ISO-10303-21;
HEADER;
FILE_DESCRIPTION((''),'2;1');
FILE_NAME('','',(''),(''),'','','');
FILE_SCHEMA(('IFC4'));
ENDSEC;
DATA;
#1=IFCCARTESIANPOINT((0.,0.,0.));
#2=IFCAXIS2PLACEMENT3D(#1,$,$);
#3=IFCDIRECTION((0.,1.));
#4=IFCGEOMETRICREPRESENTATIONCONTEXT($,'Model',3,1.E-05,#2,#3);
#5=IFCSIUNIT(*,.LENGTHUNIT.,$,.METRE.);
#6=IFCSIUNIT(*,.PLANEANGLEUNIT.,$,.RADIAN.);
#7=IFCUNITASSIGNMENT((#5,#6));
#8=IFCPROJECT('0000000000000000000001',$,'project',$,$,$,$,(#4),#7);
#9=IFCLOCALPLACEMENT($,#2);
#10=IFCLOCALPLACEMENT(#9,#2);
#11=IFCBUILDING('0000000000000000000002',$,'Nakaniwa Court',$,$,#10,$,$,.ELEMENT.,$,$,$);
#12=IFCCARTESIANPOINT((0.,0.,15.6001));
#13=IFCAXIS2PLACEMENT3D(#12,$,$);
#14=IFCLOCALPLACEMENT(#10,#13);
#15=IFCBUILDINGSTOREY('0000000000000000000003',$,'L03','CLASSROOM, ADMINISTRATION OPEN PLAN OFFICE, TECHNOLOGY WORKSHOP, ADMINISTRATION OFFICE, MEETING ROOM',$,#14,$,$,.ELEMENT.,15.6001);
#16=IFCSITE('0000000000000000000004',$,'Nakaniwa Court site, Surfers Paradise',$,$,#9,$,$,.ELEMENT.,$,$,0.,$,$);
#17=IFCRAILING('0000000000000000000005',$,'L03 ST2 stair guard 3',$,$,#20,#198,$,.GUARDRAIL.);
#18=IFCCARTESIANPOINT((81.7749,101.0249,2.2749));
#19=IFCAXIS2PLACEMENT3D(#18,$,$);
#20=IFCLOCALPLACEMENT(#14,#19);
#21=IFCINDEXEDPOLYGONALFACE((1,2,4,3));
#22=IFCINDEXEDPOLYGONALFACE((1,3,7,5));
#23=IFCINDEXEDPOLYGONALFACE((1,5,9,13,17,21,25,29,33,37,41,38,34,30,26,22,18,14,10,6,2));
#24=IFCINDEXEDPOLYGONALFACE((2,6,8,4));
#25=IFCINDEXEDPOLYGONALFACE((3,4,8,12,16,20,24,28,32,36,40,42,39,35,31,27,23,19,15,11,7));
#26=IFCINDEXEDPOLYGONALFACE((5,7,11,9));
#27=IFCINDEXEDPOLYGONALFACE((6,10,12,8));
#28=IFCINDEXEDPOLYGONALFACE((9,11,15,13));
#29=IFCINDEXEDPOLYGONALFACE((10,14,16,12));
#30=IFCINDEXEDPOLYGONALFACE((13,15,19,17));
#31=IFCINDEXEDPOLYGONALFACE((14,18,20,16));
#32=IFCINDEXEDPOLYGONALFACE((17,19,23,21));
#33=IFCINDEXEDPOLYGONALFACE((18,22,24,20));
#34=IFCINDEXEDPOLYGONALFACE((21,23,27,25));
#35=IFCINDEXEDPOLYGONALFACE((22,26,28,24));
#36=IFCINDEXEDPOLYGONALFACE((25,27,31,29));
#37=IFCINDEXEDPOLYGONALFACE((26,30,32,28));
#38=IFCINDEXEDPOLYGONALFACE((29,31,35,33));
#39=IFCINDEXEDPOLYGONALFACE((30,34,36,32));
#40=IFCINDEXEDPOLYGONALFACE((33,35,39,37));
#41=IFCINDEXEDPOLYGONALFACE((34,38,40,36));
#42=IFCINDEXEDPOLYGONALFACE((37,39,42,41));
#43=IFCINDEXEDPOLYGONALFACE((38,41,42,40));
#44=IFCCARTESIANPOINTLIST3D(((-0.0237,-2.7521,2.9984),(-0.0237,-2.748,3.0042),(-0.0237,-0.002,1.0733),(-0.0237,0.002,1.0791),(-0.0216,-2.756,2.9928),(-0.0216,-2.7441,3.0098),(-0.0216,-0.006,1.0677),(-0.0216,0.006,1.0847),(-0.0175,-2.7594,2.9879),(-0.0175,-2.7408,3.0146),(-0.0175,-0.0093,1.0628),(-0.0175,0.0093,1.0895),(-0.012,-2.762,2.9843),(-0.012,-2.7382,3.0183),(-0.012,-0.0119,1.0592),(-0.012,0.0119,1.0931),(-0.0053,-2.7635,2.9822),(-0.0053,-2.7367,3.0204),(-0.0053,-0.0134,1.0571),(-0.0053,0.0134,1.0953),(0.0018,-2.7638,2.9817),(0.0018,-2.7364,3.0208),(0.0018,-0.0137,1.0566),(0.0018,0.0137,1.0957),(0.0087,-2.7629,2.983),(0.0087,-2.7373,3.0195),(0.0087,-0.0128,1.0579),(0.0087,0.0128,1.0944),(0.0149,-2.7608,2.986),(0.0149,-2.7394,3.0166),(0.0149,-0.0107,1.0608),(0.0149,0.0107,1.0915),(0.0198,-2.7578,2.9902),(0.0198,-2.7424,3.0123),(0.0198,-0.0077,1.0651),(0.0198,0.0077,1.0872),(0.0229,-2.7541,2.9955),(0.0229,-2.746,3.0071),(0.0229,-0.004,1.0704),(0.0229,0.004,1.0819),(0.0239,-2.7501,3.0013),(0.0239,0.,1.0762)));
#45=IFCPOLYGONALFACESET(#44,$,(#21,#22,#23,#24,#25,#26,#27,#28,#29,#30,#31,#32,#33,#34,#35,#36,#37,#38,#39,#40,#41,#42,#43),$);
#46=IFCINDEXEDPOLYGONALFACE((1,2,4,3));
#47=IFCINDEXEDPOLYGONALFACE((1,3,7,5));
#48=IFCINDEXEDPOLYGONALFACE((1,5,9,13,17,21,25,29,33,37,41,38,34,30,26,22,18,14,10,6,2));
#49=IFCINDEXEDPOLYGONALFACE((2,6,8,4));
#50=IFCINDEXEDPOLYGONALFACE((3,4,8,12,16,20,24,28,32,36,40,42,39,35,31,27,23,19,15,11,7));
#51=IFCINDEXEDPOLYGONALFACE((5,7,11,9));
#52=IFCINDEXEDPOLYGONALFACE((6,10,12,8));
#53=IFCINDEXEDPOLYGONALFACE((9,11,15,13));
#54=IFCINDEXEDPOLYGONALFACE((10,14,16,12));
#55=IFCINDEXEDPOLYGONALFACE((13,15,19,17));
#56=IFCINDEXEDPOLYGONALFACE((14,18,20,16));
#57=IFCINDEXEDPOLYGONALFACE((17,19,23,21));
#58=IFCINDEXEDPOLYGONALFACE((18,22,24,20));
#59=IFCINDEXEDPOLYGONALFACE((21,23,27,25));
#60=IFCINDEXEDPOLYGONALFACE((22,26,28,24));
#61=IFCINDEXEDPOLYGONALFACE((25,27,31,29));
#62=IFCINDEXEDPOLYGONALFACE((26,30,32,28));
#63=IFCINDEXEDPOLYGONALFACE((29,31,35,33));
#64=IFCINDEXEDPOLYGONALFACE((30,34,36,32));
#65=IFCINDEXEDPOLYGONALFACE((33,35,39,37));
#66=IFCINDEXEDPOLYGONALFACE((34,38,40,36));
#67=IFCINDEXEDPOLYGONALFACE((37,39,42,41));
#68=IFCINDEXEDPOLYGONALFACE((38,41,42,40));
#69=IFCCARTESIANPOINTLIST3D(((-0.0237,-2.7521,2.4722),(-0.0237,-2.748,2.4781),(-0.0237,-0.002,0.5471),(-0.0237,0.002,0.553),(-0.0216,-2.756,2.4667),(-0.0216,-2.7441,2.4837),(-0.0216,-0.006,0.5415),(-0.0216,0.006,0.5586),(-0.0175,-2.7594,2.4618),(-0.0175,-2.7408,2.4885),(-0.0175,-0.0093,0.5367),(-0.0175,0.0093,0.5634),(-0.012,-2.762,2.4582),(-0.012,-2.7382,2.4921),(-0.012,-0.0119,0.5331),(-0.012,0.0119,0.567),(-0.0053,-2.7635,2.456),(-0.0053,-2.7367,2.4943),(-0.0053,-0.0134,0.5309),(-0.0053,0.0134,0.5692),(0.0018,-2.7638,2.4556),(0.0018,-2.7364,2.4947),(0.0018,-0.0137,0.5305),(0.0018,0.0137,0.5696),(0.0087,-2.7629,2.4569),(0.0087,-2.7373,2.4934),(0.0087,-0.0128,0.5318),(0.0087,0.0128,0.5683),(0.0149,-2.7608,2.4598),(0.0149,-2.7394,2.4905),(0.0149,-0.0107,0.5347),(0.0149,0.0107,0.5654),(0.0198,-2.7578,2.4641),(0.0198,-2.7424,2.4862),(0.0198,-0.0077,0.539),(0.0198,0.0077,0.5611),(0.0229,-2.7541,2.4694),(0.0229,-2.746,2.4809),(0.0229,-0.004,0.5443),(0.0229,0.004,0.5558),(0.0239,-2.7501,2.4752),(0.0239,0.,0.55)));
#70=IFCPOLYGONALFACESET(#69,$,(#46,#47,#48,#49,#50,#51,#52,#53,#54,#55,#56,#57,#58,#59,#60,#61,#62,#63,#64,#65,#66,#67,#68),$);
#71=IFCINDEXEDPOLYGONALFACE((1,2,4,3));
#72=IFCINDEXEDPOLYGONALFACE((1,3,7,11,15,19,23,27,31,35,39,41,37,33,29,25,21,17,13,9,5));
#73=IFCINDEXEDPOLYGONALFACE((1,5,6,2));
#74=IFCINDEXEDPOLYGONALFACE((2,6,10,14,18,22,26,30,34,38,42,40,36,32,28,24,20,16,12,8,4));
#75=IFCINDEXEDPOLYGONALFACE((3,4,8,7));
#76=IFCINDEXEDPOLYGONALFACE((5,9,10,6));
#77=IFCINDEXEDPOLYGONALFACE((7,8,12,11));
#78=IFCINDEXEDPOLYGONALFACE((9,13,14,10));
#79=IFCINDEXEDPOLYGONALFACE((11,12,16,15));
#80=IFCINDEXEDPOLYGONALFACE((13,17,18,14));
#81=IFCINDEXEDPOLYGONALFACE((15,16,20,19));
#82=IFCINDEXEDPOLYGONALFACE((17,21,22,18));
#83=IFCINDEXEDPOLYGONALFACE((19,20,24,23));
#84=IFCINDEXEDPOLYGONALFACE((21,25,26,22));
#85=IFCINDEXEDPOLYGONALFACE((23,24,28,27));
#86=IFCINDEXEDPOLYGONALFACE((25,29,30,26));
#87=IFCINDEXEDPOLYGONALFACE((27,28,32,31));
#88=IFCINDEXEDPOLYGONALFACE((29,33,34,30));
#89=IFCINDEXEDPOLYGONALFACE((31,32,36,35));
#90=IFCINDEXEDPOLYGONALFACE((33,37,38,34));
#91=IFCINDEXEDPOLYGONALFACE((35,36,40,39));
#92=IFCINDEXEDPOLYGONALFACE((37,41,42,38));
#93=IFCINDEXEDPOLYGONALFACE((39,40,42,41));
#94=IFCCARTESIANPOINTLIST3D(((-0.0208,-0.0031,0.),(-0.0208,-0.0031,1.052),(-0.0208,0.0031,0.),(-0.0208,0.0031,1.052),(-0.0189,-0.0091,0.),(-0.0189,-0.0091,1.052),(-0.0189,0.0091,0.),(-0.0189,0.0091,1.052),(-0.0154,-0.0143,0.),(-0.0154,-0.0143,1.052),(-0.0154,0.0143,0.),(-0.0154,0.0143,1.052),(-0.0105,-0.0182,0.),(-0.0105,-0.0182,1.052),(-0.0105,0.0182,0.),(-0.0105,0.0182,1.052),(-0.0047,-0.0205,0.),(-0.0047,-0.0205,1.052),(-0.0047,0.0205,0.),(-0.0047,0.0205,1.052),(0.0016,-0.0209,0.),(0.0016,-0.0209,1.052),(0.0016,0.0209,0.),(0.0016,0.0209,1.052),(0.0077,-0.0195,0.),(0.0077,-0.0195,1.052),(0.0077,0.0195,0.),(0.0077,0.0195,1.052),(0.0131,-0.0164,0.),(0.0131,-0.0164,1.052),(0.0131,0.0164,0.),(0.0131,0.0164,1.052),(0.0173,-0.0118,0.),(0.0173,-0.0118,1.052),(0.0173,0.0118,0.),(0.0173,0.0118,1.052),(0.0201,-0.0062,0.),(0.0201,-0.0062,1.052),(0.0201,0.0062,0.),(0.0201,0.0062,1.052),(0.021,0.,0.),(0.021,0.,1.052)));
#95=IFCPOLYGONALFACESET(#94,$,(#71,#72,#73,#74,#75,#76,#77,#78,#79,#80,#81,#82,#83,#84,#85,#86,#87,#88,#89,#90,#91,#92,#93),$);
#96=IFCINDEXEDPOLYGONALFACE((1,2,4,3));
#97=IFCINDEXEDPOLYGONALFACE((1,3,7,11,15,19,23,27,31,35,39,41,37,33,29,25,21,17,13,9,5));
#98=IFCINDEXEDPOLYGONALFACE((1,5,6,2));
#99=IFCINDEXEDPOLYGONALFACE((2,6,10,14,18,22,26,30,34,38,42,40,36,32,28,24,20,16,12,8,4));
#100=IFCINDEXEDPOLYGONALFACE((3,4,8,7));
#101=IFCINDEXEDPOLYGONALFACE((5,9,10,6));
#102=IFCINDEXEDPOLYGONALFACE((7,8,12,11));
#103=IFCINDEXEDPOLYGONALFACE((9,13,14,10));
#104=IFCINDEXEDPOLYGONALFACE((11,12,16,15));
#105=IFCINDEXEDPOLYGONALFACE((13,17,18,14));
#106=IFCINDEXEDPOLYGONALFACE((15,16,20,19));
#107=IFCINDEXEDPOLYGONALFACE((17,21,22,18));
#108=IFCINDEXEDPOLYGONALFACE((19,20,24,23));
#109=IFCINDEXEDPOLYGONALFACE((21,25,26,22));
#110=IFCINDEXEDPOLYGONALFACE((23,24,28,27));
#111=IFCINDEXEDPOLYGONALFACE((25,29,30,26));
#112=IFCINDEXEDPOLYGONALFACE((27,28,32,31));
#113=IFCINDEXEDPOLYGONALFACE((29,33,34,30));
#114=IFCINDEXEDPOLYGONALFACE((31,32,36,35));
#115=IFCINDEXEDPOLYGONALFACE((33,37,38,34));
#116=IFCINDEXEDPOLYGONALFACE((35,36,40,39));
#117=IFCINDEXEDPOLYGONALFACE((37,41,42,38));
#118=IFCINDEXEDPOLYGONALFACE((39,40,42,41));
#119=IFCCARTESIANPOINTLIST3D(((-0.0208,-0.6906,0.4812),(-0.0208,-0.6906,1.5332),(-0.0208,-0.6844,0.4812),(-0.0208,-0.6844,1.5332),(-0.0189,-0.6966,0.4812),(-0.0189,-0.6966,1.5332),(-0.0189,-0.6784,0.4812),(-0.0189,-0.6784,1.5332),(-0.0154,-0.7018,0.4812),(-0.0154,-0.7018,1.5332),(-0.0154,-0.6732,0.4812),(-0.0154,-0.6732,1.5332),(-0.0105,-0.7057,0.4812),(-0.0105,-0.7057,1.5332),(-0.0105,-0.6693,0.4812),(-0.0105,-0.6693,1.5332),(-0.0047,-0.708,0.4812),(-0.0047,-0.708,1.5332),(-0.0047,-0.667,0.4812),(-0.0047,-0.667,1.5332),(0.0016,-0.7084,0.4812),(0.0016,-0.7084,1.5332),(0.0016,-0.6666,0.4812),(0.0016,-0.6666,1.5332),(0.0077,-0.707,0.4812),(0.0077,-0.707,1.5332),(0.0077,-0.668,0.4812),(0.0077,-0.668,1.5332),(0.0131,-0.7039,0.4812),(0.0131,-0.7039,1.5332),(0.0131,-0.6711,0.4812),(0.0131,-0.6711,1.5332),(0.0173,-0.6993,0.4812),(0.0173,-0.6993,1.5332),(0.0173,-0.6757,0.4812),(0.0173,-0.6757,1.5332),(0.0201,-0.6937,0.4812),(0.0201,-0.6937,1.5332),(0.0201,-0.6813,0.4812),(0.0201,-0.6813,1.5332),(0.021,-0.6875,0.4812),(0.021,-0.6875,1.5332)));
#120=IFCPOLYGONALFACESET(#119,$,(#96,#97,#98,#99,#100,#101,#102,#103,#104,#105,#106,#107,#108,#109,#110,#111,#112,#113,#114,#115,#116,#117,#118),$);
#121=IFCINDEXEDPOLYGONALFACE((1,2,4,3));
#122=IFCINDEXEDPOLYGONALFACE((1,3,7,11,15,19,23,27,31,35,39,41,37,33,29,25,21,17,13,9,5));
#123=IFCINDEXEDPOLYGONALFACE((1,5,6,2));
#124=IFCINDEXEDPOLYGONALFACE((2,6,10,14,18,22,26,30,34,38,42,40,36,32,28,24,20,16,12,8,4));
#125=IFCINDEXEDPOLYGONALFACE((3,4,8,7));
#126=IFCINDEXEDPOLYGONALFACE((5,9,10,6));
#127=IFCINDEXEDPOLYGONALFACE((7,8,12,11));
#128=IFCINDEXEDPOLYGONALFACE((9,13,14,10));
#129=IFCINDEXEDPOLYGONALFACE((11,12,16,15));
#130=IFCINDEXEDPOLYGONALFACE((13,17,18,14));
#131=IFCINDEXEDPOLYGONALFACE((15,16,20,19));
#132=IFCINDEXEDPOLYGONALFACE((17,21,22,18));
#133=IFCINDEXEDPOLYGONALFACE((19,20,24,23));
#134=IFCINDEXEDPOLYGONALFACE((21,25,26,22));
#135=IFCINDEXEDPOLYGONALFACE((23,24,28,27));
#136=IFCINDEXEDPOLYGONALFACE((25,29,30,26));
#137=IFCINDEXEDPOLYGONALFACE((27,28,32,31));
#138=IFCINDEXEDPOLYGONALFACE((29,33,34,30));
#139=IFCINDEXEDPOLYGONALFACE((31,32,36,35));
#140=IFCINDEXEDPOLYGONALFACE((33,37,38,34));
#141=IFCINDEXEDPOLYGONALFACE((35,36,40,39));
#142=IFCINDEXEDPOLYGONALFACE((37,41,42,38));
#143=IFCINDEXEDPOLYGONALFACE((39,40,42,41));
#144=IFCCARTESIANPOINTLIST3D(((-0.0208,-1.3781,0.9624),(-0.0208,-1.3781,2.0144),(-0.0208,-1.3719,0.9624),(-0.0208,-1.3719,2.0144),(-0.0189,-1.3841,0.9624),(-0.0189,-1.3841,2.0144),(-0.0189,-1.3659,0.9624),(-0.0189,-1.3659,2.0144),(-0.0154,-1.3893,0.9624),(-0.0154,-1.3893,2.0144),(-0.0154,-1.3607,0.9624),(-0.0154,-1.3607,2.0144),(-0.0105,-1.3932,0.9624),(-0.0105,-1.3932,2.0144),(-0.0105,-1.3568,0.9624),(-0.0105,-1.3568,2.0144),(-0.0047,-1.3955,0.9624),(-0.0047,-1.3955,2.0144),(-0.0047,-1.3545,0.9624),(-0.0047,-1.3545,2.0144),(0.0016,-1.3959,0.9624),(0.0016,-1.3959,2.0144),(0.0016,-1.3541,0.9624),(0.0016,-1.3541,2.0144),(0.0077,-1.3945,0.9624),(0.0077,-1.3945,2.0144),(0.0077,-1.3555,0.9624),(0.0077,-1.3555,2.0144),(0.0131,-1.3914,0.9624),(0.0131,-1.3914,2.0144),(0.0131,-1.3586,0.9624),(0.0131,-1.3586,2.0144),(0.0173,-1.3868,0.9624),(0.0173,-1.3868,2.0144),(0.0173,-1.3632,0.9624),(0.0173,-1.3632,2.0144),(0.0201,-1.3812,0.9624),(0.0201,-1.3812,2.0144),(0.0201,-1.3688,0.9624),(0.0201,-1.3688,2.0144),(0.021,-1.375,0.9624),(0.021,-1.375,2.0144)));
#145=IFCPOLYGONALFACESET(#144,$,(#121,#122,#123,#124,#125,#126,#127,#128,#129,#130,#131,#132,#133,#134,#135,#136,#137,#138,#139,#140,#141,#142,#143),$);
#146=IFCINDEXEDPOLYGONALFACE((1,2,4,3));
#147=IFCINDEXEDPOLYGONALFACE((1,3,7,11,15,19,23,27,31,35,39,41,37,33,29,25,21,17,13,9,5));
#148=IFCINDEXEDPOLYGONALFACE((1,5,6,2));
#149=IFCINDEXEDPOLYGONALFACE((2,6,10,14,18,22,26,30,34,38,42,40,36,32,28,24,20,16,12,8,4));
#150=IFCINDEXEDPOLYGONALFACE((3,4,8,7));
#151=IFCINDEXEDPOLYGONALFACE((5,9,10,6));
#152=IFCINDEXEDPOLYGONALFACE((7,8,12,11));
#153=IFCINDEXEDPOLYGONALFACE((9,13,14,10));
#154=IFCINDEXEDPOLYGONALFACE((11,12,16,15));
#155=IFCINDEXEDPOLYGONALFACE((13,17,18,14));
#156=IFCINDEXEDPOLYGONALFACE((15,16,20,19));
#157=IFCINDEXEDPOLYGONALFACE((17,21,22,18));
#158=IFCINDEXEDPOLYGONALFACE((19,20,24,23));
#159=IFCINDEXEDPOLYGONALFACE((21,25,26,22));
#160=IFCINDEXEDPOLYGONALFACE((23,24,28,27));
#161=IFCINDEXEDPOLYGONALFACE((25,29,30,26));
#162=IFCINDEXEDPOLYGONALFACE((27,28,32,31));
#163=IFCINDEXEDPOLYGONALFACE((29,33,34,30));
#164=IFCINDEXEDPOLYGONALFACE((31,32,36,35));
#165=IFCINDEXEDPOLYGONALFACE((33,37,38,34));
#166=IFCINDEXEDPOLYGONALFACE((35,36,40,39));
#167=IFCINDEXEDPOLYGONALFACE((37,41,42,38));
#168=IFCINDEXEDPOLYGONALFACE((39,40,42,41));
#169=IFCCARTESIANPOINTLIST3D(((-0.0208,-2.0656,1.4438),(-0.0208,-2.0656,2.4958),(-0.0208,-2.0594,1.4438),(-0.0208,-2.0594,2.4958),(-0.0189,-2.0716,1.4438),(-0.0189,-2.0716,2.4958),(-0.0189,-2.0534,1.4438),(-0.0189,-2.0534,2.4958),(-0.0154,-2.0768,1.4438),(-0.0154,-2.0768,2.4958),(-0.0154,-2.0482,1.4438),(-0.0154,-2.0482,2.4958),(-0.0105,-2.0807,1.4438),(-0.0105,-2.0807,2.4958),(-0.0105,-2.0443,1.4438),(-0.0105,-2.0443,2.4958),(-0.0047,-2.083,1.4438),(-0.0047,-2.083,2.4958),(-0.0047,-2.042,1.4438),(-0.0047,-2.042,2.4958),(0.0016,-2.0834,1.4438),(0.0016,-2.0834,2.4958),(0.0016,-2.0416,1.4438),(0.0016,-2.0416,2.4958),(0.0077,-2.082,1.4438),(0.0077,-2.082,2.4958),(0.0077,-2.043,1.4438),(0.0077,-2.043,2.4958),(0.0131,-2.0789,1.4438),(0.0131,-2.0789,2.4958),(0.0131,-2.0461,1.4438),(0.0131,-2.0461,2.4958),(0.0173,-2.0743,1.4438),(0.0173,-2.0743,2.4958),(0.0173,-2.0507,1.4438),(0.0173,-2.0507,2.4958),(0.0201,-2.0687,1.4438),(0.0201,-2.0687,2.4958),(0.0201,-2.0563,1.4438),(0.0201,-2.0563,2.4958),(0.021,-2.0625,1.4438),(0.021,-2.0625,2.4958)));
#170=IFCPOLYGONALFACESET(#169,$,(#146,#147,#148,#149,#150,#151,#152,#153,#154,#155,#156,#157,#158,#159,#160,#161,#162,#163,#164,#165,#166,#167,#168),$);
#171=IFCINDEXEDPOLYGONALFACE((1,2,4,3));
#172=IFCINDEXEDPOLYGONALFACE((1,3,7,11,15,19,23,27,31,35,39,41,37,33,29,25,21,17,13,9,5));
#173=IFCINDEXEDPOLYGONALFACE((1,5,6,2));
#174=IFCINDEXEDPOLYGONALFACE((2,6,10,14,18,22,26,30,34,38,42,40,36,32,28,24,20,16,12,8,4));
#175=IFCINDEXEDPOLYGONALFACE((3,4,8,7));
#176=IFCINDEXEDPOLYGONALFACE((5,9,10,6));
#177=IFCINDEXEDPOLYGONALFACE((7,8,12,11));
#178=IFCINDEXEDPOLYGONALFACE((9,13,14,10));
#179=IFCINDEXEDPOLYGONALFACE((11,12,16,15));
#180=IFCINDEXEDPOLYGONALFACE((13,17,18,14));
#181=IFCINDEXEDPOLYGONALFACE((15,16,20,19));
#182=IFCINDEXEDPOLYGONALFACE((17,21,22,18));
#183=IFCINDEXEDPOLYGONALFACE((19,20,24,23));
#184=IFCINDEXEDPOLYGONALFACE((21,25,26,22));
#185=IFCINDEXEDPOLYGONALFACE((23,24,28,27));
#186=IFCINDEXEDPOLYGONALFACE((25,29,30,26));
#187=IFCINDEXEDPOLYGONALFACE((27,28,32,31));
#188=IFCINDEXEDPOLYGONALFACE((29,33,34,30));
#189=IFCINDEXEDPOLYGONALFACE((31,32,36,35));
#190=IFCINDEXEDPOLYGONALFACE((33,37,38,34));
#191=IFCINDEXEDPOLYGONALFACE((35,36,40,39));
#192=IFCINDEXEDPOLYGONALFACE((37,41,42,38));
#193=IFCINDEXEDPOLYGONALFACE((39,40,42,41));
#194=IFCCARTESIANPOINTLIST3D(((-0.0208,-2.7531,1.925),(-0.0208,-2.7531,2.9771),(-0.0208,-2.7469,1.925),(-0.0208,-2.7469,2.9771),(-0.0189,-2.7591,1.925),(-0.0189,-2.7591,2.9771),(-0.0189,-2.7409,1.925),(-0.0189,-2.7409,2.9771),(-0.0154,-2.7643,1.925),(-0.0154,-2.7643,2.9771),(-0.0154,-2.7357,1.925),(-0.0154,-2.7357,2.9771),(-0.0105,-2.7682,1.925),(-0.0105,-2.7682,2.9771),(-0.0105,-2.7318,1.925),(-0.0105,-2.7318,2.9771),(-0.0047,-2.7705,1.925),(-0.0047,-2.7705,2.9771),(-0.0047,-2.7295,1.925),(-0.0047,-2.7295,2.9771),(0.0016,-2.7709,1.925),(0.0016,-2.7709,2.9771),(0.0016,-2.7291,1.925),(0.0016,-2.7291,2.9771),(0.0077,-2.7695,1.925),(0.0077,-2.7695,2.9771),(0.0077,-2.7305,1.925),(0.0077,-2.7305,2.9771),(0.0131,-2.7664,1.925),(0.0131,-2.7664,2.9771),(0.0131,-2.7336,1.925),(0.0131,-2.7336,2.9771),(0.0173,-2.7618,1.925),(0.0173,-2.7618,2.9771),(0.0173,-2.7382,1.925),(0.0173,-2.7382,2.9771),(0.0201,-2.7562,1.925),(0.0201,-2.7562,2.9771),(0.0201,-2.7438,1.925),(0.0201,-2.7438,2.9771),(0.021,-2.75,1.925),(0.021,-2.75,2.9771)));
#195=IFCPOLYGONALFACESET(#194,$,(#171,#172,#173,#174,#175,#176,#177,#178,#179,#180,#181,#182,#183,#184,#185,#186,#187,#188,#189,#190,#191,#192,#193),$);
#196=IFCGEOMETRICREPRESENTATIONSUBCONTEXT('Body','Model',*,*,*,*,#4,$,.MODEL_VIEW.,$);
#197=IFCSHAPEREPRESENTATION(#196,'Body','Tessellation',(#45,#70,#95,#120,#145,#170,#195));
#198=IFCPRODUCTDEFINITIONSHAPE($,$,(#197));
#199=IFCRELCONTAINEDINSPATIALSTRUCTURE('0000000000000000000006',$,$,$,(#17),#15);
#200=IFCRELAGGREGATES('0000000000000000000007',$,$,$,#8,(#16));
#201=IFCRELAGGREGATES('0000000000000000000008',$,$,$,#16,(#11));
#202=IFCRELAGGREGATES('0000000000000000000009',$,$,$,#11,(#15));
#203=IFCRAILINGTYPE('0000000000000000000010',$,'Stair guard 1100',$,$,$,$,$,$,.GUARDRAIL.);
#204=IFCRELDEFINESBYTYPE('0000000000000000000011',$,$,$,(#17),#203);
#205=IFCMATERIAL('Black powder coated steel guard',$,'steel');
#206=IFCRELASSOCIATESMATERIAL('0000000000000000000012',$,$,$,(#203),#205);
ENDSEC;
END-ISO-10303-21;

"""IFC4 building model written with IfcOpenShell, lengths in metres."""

from ifc_helpers import new_model, si_unit, direction, frame, origin, origin_2d, place, context, subcontext, project, spatial, circle, extrude, material, type_object, element, save


model = new_model("IFC4")

# Units and contexts
model_context = context("Model", 3, precision=1e-05, world=origin(), true_north=direction((0.0, 1.0)))
body_context = subcontext(model_context, "Body", "Model", "MODEL_VIEW")
ifc_project = project(units=[si_unit("LENGTHUNIT", "METRE"), si_unit("PLANEANGLEUNIT", "RADIAN")], contexts=[model_context])

# Site, building, storey
site_placement = place(None, origin())
site = spatial("IfcSite", under=ifc_project, at=site_placement, Name="Nakaniwa Court site, Surfers Paradise", CompositionType="ELEMENT", RefElevation=0.0)
building_placement = place(site_placement, origin())
building = spatial("IfcBuilding", under=site, at=building_placement, Name="Nakaniwa Court", CompositionType="ELEMENT")
storey_placement = place(building_placement, frame((0.0, 0.0, 15.6001)))
storey = spatial("IfcBuildingStorey", under=building, at=storey_placement, Name="L03", Description="CLASSROOM, ADMINISTRATION OPEN PLAN OFFICE, TECHNOLOGY WORKSHOP, ADMINISTRATION OFFICE, MEETING ROOM", CompositionType="ELEMENT", Elevation=15.6001)

# Railing
ifc_material_1 = material(Name="Black powder coated steel guard", Category="steel")
railing_type_1 = type_object("IfcRailingType", Name="Stair guard 1100", PredefinedType="GUARDRAIL", material=ifc_material_1)
railing_1_placement = place(storey_placement, frame((81.7749, 101.0249, 2.2749)))
element("IfcRailing", 1, at=railing_1_placement, inside=storey, type_object=railing_type_1, Name="L03 ST2 stair guard 3", PredefinedType="GUARDRAIL", context=body_context, shape_type="SweptSolid", body=[
    extrude(circle(Radius=0.0239, at=origin_2d()), frame((0.0, 0.0, 1.0762), z_axis=(0.0, -0.819225, 0.573472), x_axis=(1.0, 0.0, 0.0)), (0.0, 0.0, 1.0), 3.3569),
    extrude(circle(Radius=0.0239, at=origin_2d()), frame((0.0, 0.0, 0.55), z_axis=(0.0, -0.819225, 0.573472), x_axis=(1.0, 0.0, 0.0)), (0.0, 0.0, 1.0), 3.3569),
    extrude(circle(Radius=0.021, at=origin_2d()), origin(), (0.0, 0.0, 1.0), 1.052),
    extrude(circle(Radius=0.021, at=origin_2d()), frame((0.0, -0.6875, 0.4812)), (0.0, 0.0, 1.0), 1.052),
    extrude(circle(Radius=0.021, at=origin_2d()), frame((0.0, -1.375, 0.9624)), (0.0, 0.0, 1.0), 1.052),
    extrude(circle(Radius=0.021, at=origin_2d()), frame((0.0, -2.0625, 1.4438)), (0.0, 0.0, 1.0), 1.052),
    extrude(circle(Radius=0.021, at=origin_2d()), frame((0.0, -2.75, 1.925)), (0.0, 0.0, 1.0), 1.052),
])

save(model, "model.ifc")
